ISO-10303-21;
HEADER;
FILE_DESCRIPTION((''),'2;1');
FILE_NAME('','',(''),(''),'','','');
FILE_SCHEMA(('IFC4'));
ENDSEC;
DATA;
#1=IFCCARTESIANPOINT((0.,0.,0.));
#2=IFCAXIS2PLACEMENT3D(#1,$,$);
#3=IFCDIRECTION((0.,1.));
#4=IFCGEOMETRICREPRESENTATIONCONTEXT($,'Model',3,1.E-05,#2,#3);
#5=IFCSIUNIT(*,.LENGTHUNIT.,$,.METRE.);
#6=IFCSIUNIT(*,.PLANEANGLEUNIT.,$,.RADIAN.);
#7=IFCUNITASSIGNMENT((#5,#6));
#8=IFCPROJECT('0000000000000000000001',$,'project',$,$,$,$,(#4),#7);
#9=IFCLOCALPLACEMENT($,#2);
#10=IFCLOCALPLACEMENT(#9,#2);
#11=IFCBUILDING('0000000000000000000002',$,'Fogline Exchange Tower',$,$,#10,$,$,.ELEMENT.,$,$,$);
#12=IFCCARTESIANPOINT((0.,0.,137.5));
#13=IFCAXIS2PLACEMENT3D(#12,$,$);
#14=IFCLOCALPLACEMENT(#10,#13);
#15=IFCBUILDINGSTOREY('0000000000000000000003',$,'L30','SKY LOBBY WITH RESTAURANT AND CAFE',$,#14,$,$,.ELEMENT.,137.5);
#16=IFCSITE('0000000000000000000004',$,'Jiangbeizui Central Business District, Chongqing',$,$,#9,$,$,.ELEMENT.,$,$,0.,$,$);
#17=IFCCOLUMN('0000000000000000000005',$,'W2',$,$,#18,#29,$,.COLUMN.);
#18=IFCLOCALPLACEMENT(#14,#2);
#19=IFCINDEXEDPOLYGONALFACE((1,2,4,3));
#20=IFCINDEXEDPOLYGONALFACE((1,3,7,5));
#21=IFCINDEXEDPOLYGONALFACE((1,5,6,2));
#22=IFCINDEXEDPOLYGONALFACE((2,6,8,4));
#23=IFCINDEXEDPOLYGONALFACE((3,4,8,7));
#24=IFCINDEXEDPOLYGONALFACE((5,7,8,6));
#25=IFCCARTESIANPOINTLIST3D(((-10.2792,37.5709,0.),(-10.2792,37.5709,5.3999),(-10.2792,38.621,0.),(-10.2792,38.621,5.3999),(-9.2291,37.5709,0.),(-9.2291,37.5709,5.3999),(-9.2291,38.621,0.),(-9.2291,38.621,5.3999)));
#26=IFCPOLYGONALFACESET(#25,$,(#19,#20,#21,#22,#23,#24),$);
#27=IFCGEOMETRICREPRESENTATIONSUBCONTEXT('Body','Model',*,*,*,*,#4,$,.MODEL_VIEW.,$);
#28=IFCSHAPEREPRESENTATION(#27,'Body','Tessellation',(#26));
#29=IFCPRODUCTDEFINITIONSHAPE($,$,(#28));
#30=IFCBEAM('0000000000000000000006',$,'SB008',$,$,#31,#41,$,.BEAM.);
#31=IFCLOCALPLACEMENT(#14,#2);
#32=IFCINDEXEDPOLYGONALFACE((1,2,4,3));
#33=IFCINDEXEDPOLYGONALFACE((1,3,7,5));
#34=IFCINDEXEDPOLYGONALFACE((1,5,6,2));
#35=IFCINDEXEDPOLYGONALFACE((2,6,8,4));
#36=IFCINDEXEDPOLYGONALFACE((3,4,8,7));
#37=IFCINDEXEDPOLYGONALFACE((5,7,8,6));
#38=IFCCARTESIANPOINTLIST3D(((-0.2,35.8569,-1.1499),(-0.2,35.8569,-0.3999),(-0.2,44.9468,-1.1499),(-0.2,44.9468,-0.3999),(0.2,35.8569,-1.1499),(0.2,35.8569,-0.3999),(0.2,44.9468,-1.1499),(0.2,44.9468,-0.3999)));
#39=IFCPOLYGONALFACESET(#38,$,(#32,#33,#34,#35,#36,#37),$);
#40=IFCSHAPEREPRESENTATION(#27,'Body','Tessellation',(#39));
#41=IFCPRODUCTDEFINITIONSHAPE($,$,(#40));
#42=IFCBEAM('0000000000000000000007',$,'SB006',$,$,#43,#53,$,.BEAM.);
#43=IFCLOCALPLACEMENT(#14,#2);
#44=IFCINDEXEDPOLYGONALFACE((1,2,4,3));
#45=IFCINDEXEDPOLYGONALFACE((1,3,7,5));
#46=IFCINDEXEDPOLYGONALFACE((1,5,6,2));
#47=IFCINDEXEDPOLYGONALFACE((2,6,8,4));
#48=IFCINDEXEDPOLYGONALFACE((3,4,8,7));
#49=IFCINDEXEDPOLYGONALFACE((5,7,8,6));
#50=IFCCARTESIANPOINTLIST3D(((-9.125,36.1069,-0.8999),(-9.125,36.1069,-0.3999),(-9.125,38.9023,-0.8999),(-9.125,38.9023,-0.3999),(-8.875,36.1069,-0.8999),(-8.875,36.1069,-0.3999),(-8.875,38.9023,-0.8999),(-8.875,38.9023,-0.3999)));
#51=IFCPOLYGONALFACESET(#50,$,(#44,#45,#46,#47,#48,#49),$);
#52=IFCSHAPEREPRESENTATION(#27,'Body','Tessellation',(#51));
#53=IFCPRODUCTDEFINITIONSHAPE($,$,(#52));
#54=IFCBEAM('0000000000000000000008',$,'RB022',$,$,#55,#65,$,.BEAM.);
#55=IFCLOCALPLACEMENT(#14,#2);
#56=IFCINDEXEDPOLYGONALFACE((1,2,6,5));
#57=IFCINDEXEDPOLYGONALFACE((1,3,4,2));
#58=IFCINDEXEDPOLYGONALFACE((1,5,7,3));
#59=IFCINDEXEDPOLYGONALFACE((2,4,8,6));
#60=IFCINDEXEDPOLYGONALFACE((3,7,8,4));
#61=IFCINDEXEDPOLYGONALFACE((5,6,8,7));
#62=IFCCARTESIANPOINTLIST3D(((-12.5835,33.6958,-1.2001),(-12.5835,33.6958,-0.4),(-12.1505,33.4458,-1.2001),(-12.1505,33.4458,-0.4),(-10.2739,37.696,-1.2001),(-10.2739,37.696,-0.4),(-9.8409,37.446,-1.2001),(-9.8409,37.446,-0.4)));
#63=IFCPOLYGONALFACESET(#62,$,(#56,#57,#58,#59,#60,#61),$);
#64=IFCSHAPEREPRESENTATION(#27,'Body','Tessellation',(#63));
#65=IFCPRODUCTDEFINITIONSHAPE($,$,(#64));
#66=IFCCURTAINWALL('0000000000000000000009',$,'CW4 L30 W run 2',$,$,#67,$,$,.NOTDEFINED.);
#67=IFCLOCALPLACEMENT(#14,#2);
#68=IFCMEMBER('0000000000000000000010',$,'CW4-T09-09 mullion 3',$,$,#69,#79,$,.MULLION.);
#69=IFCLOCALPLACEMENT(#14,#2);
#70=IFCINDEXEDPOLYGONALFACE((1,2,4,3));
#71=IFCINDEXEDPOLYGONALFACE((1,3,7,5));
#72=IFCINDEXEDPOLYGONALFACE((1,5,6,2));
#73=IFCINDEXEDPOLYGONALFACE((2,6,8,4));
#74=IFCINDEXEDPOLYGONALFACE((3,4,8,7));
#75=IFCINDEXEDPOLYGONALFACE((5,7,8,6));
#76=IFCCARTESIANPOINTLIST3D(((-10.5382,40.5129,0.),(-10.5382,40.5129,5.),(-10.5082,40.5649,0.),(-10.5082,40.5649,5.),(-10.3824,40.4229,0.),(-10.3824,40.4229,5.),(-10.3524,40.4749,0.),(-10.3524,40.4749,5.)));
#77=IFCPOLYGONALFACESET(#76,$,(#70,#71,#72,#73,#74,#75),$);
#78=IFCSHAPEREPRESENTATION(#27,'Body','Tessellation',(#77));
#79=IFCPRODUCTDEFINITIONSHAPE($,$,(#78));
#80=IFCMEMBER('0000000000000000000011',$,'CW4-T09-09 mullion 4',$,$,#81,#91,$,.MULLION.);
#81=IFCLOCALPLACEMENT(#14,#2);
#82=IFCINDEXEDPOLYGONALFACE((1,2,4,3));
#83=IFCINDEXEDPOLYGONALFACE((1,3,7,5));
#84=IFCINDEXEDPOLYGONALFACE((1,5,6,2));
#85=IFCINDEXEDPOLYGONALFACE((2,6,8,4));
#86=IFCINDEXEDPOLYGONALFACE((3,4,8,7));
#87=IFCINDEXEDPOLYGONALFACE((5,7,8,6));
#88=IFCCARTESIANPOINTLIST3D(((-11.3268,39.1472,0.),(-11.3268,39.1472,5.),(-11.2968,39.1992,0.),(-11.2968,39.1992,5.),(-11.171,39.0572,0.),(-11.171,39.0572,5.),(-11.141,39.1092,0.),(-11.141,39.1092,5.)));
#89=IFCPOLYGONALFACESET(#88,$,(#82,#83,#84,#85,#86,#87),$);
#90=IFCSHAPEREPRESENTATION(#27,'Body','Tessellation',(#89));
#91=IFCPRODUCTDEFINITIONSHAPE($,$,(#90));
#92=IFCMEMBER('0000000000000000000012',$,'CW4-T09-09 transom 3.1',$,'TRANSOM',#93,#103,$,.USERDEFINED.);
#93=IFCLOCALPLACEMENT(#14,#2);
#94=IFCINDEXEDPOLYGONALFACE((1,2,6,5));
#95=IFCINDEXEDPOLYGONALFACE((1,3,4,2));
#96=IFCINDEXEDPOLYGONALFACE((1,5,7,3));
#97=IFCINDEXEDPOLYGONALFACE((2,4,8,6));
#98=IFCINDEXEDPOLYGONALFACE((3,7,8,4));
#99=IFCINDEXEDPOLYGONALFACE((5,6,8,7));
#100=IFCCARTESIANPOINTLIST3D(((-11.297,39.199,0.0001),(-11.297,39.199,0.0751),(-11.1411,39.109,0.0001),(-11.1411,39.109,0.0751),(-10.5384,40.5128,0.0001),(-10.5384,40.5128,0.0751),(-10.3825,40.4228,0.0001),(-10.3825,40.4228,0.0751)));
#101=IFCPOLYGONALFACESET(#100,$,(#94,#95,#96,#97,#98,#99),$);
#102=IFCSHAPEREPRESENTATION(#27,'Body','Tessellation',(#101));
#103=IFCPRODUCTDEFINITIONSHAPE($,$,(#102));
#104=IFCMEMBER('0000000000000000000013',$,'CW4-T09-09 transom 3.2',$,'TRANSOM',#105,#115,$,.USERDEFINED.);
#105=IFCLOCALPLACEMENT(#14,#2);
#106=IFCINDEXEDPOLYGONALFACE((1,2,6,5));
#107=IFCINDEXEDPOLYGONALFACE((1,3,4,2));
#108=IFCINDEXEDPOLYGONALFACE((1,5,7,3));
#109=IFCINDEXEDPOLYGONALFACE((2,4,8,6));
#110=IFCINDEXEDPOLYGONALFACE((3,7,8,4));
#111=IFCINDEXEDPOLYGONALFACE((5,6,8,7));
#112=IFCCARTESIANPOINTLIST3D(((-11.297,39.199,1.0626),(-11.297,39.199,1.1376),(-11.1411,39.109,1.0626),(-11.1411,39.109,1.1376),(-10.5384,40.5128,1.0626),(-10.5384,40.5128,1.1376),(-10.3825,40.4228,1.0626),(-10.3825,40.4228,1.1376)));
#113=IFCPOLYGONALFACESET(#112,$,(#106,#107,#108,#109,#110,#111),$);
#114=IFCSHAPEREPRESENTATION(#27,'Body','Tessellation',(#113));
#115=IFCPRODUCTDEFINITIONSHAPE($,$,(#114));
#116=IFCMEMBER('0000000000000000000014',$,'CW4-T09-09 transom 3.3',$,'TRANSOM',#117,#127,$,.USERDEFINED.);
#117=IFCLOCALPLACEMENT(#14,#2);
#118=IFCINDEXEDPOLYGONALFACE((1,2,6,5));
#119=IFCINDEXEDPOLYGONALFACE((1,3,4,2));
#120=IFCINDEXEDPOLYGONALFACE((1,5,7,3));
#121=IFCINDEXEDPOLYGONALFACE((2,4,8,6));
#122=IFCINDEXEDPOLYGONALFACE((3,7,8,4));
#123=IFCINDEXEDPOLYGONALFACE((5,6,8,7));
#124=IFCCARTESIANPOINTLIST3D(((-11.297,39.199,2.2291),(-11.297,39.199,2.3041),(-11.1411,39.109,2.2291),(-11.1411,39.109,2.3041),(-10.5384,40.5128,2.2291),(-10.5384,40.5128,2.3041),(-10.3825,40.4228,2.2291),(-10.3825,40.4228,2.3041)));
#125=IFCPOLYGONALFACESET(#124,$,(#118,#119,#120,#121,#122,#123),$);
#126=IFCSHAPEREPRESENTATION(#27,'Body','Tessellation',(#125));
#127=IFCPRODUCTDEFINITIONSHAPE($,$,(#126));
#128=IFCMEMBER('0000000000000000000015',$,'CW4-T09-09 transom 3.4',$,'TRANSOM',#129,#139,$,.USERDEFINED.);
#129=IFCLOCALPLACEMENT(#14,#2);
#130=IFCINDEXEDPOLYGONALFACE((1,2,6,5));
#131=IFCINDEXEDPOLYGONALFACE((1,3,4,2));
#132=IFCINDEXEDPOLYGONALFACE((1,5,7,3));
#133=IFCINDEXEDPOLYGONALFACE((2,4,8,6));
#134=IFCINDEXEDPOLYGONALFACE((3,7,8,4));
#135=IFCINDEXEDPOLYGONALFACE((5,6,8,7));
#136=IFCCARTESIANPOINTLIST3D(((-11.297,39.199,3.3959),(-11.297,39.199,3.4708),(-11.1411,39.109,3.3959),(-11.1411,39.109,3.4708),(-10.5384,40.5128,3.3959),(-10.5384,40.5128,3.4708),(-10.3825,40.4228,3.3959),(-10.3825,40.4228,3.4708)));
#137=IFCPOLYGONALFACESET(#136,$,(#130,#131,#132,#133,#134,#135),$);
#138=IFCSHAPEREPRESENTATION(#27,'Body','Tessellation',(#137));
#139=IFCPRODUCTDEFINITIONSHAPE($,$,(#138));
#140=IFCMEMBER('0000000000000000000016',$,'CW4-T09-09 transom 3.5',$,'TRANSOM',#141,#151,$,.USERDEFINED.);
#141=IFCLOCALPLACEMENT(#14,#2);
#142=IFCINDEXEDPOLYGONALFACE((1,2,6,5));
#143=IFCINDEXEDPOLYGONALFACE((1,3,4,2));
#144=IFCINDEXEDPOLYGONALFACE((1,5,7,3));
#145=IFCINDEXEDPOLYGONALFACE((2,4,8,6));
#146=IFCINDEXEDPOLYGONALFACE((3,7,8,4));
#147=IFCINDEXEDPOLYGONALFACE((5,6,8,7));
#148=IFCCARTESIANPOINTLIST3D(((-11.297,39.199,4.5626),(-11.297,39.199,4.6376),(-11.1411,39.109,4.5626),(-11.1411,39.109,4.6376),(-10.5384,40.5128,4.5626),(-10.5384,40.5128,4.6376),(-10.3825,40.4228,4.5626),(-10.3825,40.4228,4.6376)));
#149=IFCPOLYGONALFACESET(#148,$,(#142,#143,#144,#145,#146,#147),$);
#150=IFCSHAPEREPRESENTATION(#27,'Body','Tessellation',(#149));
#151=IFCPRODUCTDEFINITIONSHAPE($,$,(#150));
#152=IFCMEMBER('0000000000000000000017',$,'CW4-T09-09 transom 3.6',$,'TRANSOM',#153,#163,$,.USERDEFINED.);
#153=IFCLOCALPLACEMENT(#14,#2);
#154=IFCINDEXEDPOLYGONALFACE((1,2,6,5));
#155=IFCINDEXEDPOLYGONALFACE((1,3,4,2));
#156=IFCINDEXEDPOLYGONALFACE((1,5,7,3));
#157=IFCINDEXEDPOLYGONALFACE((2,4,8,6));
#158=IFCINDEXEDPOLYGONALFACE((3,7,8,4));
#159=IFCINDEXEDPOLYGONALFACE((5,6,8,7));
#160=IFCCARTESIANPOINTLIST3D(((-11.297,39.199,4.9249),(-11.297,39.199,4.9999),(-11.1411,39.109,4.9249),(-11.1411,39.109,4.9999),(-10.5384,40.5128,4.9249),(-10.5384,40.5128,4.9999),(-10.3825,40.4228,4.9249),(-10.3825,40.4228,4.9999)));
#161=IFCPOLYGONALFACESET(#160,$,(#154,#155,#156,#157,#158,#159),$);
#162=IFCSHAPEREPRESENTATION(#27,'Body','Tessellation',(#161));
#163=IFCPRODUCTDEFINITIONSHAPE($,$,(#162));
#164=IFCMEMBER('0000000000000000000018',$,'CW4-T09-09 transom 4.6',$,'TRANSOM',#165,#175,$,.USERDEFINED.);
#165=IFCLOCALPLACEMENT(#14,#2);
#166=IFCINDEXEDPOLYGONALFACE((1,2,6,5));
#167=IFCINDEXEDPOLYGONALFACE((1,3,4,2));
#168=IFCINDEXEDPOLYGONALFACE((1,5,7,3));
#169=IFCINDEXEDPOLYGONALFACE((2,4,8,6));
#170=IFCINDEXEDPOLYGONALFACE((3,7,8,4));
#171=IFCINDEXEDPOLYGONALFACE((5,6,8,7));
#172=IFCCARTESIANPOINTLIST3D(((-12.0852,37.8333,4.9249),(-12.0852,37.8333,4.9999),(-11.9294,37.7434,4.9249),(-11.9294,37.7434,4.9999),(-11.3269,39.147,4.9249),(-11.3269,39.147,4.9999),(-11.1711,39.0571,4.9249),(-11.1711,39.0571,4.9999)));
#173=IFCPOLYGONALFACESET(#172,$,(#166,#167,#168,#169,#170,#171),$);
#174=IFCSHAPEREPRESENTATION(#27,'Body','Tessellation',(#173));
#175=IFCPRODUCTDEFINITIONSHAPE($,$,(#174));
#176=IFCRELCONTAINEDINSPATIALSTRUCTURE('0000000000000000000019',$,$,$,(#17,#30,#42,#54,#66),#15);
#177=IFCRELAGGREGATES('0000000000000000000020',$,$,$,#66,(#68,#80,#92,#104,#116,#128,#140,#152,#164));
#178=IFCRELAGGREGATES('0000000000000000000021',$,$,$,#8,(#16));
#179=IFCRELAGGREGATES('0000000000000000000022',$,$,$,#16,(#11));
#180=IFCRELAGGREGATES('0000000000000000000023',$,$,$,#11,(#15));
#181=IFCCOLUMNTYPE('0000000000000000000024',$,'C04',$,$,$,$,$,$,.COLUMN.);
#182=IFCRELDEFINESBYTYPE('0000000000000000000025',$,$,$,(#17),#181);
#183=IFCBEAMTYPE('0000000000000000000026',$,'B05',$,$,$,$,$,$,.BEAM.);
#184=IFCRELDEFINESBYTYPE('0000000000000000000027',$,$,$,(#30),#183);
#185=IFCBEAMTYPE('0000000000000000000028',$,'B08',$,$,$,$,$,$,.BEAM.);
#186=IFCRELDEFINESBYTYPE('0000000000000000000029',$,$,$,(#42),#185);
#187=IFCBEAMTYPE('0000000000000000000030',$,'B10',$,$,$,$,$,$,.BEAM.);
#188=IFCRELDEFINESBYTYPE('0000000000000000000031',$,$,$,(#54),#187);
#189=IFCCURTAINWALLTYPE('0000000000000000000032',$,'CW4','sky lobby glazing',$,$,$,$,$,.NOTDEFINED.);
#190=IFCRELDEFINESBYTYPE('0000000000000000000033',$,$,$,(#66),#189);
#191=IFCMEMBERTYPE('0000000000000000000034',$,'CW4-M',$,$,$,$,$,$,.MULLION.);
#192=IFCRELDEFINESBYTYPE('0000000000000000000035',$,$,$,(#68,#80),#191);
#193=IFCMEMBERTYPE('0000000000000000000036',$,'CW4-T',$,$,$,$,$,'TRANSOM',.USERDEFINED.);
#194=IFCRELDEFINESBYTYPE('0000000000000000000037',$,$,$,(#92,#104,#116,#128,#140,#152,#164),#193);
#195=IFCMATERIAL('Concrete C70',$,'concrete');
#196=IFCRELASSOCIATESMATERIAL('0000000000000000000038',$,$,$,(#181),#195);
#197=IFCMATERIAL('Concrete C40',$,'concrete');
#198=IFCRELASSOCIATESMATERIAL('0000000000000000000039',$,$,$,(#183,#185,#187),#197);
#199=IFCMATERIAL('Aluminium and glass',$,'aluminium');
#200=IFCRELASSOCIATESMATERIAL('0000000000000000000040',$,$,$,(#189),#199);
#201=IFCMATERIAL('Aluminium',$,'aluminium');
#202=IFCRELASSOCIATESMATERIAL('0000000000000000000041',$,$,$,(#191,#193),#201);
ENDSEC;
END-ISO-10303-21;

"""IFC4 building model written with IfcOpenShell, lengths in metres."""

from ifc_helpers import new_model, si_unit, direction, frame, origin, origin_2d, place, context, subcontext, project, spatial, rectangle, extrude, material, material_profile, profile_set, type_object, element, aggregate, save


model = new_model("IFC4")

# Units and contexts
model_context = context("Model", 3, precision=1e-05, world=origin(), true_north=direction((0.0, 1.0)))
body_context = subcontext(model_context, "Body", "Model", "MODEL_VIEW")
ifc_project = project(units=[si_unit("LENGTHUNIT", "METRE"), si_unit("PLANEANGLEUNIT", "RADIAN")], contexts=[model_context])

# Site, building, storey
site_placement = place(None, origin())
site = spatial("IfcSite", under=ifc_project, at=site_placement, Name="Jiangbeizui Central Business District, Chongqing", CompositionType="ELEMENT", RefElevation=0.0)
building_placement = place(site_placement, origin())
building = spatial("IfcBuilding", under=site, at=building_placement, Name="Fogline Exchange Tower", CompositionType="ELEMENT")
storey_placement = place(building_placement, frame((0.0, 0.0, 137.5)))
storey = spatial("IfcBuildingStorey", under=building, at=storey_placement, Name="L30", Description="SKY LOBBY WITH RESTAURANT AND CAFE", CompositionType="ELEMENT", Elevation=137.5)

# Column
ifc_material_1 = material(Name="Concrete C70", Category="concrete")
ifc_material_profile_1 = material_profile(ifc_material_1, rectangle(XDim=1.05, YDim=1.05, at=origin_2d()), Name="RC 1050x1050")
ifc_profile_set_1 = profile_set([ifc_material_profile_1], Name="Concrete C70")
column_type = type_object("IfcColumnType", Name="C04", PredefinedType="COLUMN", material=ifc_profile_set_1)
column_placement = place(storey_placement, frame((-9.7542, 38.0959, 0.0), z_axis=(0.0, 0.0, 1.0), x_axis=(1.0, 0.0, 0.0)))
element("IfcColumn", 1, at=column_placement, inside=storey, type_object=column_type, Name="W2", PredefinedType="COLUMN", context=body_context, shape_type="SweptSolid", body=[
    extrude(rectangle(XDim=1.05, YDim=1.05, at=origin_2d()), origin(), (0.0, 0.0, 1.0), 5.3999),
])

# Beams
ifc_material_2 = material(Name="Concrete C40", Category="concrete")
ifc_material_profile_2 = material_profile(ifc_material_2, rectangle(XDim=0.3999, YDim=0.75, at=origin_2d()), Name="RC 400x750")
ifc_profile_set_2 = profile_set([ifc_material_profile_2], Name="Concrete C40")
beam_type_1 = type_object("IfcBeamType", Name="B05", PredefinedType="BEAM", material=ifc_profile_set_2)
beam_1_placement = place(storey_placement, frame((0.0, 35.8569, -0.7749), z_axis=(0.0, 1.0, 0.0), x_axis=(-1.0, 0.0, 0.0)))
element("IfcBeam", 2, at=beam_1_placement, inside=storey, type_object=beam_type_1, Name="SB008", PredefinedType="BEAM", context=body_context, shape_type="SweptSolid", body=[
    extrude(rectangle(XDim=0.3999, YDim=0.75, at=origin_2d()), origin(), (0.0, 0.0, 1.0), 9.0898),
])
ifc_material_profile_3 = material_profile(ifc_material_2, rectangle(XDim=0.25, YDim=0.5, at=origin_2d()), Name="RC 250x500")
ifc_profile_set_3 = profile_set([ifc_material_profile_3], Name="Concrete C40")
beam_type_2 = type_object("IfcBeamType", Name="B08", PredefinedType="BEAM", material=ifc_profile_set_3)
beam_2_placement = place(storey_placement, frame((-9.0, 36.1069, -0.6499), z_axis=(0.0, 1.0, 0.0), x_axis=(-1.0, 0.0, 0.0)))
element("IfcBeam", 3, at=beam_2_placement, inside=storey, type_object=beam_type_2, Name="SB006", PredefinedType="BEAM", context=body_context, shape_type="SweptSolid", body=[
    extrude(rectangle(XDim=0.25, YDim=0.5, at=origin_2d()), origin(), (0.0, 0.0, 1.0), 2.7954),
])
ifc_material_profile_4 = material_profile(ifc_material_2, rectangle(XDim=0.5, YDim=0.8, at=origin_2d()), Name="RC 500x800")
ifc_profile_set_4 = profile_set([ifc_material_profile_4], Name="Concrete C40")
beam_type_3 = type_object("IfcBeamType", Name="B10", PredefinedType="BEAM", material=ifc_profile_set_4)
beam_3_placement = place(storey_placement, frame((-10.0574, 37.571, -0.8), z_axis=(-0.500005, -0.866023, 0.0), x_axis=(0.866023, -0.500005, 0.0)))
element("IfcBeam", 4, at=beam_3_placement, inside=storey, type_object=beam_type_3, Name="RB022", PredefinedType="BEAM", context=body_context, shape_type="SweptSolid", body=[
    extrude(rectangle(XDim=0.5, YDim=0.8, at=origin_2d()), origin(), (0.0, 0.0, 1.0), 4.6191),
])

# Curtain wall, members
ifc_material_3 = material(Name="Aluminium and glass", Category="aluminium")
curtain_wall_type = type_object("IfcCurtainWallType", Name="CW4", Description="sky lobby glazing", PredefinedType="NOTDEFINED", material=ifc_material_3)
curtain_wall_placement = place(storey_placement, origin())
curtain_wall = element("IfcCurtainWall", 5, at=curtain_wall_placement, inside=storey, type_object=curtain_wall_type, Name="CW4 L30 W run 2", PredefinedType="NOTDEFINED")
ifc_material_4 = material(Name="Aluminium", Category="aluminium")
ifc_material_profile_5 = material_profile(ifc_material_4, rectangle(XDim=0.1799, YDim=0.0601, at=origin_2d()), Name="Mullion 60x180")
ifc_profile_set_5 = profile_set([ifc_material_profile_5], Name="Aluminium")
member_type_1 = type_object("IfcMemberType", Name="CW4-M", PredefinedType="MULLION", material=ifc_profile_set_5)
member_1_placement = place(storey_placement, frame((-10.4453, 40.4939, 0.0), z_axis=(0.0, 0.0, 1.0), x_axis=(0.866025, -0.5, 0.0)))
member_1 = element("IfcMember", 6, at=member_1_placement, type_object=member_type_1, Name="CW4-T09-09 mullion 3", PredefinedType="MULLION", context=body_context, shape_type="SweptSolid", body=[
    extrude(rectangle(XDim=0.1799, YDim=0.0601, at=origin_2d()), origin(), (0.0, 0.0, 1.0), 5.0),
])
member_2_placement = place(storey_placement, frame((-11.2339, 39.1282, 0.0), z_axis=(0.0, 0.0, 1.0), x_axis=(0.866025, -0.5, 0.0)))
member_2 = element("IfcMember", 7, at=member_2_placement, type_object=member_type_1, Name="CW4-T09-09 mullion 4", PredefinedType="MULLION", context=body_context, shape_type="SweptSolid", body=[
    extrude(rectangle(XDim=0.1799, YDim=0.0601, at=origin_2d()), origin(), (0.0, 0.0, 1.0), 5.0),
])
ifc_material_profile_6 = material_profile(ifc_material_4, rectangle(XDim=0.1799, YDim=0.075, at=origin_2d()), Name="Transom 75x180")
ifc_profile_set_6 = profile_set([ifc_material_profile_6], Name="Aluminium")
member_type_2 = type_object("IfcMemberType", Name="CW4-T", ElementType="TRANSOM", PredefinedType="USERDEFINED", material=ifc_profile_set_6)
member_3_placement = place(storey_placement, frame((-10.4604, 40.4678, 0.0376), z_axis=(-0.500034, -0.866006, 0.0), x_axis=(0.866006, -0.500034, 0.0)))
member_3 = element("IfcMember", 8, at=member_3_placement, type_object=member_type_2, Name="CW4-T09-09 transom 3.1", ObjectType="TRANSOM", PredefinedType="USERDEFINED", context=body_context, shape_type="SweptSolid", body=[
    extrude(rectangle(XDim=0.1799, YDim=0.075, at=origin_2d()), origin(), (0.0, 0.0, 1.0), 1.5171),
])
member_4_placement = place(storey_placement, frame((-10.4604, 40.4678, 1.1001), z_axis=(-0.500034, -0.866006, 0.0), x_axis=(0.866006, -0.500034, 0.0)))
member_4 = element("IfcMember", 9, at=member_4_placement, type_object=member_type_2, Name="CW4-T09-09 transom 3.2", ObjectType="TRANSOM", PredefinedType="USERDEFINED", context=body_context, shape_type="SweptSolid", body=[
    extrude(rectangle(XDim=0.1799, YDim=0.075, at=origin_2d()), origin(), (0.0, 0.0, 1.0), 1.5171),
])
member_5_placement = place(storey_placement, frame((-10.4604, 40.4678, 2.2666), z_axis=(-0.500034, -0.866006, 0.0), x_axis=(0.866006, -0.500034, 0.0)))
member_5 = element("IfcMember", 10, at=member_5_placement, type_object=member_type_2, Name="CW4-T09-09 transom 3.3", ObjectType="TRANSOM", PredefinedType="USERDEFINED", context=body_context, shape_type="SweptSolid", body=[
    extrude(rectangle(XDim=0.1799, YDim=0.075, at=origin_2d()), origin(), (0.0, 0.0, 1.0), 1.5171),
])
member_6_placement = place(storey_placement, frame((-10.4604, 40.4678, 3.4333), z_axis=(-0.500034, -0.866006, 0.0), x_axis=(0.866006, -0.500034, 0.0)))
member_6 = element("IfcMember", 11, at=member_6_placement, type_object=member_type_2, Name="CW4-T09-09 transom 3.4", ObjectType="TRANSOM", PredefinedType="USERDEFINED", context=body_context, shape_type="SweptSolid", body=[
    extrude(rectangle(XDim=0.1799, YDim=0.075, at=origin_2d()), origin(), (0.0, 0.0, 1.0), 1.5171),
])
member_7_placement = place(storey_placement, frame((-10.4604, 40.4678, 4.6001), z_axis=(-0.500034, -0.866006, 0.0), x_axis=(0.866006, -0.500034, 0.0)))
member_7 = element("IfcMember", 12, at=member_7_placement, type_object=member_type_2, Name="CW4-T09-09 transom 3.5", ObjectType="TRANSOM", PredefinedType="USERDEFINED", context=body_context, shape_type="SweptSolid", body=[
    extrude(rectangle(XDim=0.1799, YDim=0.075, at=origin_2d()), origin(), (0.0, 0.0, 1.0), 1.5171),
])
member_8_placement = place(storey_placement, frame((-10.4604, 40.4678, 4.9624), z_axis=(-0.500034, -0.866006, 0.0), x_axis=(0.866006, -0.500034, 0.0)))
member_8 = element("IfcMember", 13, at=member_8_placement, type_object=member_type_2, Name="CW4-T09-09 transom 3.6", ObjectType="TRANSOM", PredefinedType="USERDEFINED", context=body_context, shape_type="SweptSolid", body=[
    extrude(rectangle(XDim=0.1799, YDim=0.075, at=origin_2d()), origin(), (0.0, 0.0, 1.0), 1.5171),
])
member_9_placement = place(storey_placement, frame((-11.249, 39.1021, 4.9624), z_axis=(-0.499913, -0.866076, 0.0), x_axis=(0.866076, -0.499913, 0.0)))
member_9 = element("IfcMember", 14, at=member_9_placement, type_object=member_type_2, Name="CW4-T09-09 transom 4.6", ObjectType="TRANSOM", PredefinedType="USERDEFINED", context=body_context, shape_type="SweptSolid", body=[
    extrude(rectangle(XDim=0.1799, YDim=0.075, at=origin_2d()), origin(), (0.0, 0.0, 1.0), 1.5168),
])
aggregate(curtain_wall, [member_1, member_2, member_3, member_4, member_5, member_6, member_7, member_8, member_9])

save(model, "model.ifc")
